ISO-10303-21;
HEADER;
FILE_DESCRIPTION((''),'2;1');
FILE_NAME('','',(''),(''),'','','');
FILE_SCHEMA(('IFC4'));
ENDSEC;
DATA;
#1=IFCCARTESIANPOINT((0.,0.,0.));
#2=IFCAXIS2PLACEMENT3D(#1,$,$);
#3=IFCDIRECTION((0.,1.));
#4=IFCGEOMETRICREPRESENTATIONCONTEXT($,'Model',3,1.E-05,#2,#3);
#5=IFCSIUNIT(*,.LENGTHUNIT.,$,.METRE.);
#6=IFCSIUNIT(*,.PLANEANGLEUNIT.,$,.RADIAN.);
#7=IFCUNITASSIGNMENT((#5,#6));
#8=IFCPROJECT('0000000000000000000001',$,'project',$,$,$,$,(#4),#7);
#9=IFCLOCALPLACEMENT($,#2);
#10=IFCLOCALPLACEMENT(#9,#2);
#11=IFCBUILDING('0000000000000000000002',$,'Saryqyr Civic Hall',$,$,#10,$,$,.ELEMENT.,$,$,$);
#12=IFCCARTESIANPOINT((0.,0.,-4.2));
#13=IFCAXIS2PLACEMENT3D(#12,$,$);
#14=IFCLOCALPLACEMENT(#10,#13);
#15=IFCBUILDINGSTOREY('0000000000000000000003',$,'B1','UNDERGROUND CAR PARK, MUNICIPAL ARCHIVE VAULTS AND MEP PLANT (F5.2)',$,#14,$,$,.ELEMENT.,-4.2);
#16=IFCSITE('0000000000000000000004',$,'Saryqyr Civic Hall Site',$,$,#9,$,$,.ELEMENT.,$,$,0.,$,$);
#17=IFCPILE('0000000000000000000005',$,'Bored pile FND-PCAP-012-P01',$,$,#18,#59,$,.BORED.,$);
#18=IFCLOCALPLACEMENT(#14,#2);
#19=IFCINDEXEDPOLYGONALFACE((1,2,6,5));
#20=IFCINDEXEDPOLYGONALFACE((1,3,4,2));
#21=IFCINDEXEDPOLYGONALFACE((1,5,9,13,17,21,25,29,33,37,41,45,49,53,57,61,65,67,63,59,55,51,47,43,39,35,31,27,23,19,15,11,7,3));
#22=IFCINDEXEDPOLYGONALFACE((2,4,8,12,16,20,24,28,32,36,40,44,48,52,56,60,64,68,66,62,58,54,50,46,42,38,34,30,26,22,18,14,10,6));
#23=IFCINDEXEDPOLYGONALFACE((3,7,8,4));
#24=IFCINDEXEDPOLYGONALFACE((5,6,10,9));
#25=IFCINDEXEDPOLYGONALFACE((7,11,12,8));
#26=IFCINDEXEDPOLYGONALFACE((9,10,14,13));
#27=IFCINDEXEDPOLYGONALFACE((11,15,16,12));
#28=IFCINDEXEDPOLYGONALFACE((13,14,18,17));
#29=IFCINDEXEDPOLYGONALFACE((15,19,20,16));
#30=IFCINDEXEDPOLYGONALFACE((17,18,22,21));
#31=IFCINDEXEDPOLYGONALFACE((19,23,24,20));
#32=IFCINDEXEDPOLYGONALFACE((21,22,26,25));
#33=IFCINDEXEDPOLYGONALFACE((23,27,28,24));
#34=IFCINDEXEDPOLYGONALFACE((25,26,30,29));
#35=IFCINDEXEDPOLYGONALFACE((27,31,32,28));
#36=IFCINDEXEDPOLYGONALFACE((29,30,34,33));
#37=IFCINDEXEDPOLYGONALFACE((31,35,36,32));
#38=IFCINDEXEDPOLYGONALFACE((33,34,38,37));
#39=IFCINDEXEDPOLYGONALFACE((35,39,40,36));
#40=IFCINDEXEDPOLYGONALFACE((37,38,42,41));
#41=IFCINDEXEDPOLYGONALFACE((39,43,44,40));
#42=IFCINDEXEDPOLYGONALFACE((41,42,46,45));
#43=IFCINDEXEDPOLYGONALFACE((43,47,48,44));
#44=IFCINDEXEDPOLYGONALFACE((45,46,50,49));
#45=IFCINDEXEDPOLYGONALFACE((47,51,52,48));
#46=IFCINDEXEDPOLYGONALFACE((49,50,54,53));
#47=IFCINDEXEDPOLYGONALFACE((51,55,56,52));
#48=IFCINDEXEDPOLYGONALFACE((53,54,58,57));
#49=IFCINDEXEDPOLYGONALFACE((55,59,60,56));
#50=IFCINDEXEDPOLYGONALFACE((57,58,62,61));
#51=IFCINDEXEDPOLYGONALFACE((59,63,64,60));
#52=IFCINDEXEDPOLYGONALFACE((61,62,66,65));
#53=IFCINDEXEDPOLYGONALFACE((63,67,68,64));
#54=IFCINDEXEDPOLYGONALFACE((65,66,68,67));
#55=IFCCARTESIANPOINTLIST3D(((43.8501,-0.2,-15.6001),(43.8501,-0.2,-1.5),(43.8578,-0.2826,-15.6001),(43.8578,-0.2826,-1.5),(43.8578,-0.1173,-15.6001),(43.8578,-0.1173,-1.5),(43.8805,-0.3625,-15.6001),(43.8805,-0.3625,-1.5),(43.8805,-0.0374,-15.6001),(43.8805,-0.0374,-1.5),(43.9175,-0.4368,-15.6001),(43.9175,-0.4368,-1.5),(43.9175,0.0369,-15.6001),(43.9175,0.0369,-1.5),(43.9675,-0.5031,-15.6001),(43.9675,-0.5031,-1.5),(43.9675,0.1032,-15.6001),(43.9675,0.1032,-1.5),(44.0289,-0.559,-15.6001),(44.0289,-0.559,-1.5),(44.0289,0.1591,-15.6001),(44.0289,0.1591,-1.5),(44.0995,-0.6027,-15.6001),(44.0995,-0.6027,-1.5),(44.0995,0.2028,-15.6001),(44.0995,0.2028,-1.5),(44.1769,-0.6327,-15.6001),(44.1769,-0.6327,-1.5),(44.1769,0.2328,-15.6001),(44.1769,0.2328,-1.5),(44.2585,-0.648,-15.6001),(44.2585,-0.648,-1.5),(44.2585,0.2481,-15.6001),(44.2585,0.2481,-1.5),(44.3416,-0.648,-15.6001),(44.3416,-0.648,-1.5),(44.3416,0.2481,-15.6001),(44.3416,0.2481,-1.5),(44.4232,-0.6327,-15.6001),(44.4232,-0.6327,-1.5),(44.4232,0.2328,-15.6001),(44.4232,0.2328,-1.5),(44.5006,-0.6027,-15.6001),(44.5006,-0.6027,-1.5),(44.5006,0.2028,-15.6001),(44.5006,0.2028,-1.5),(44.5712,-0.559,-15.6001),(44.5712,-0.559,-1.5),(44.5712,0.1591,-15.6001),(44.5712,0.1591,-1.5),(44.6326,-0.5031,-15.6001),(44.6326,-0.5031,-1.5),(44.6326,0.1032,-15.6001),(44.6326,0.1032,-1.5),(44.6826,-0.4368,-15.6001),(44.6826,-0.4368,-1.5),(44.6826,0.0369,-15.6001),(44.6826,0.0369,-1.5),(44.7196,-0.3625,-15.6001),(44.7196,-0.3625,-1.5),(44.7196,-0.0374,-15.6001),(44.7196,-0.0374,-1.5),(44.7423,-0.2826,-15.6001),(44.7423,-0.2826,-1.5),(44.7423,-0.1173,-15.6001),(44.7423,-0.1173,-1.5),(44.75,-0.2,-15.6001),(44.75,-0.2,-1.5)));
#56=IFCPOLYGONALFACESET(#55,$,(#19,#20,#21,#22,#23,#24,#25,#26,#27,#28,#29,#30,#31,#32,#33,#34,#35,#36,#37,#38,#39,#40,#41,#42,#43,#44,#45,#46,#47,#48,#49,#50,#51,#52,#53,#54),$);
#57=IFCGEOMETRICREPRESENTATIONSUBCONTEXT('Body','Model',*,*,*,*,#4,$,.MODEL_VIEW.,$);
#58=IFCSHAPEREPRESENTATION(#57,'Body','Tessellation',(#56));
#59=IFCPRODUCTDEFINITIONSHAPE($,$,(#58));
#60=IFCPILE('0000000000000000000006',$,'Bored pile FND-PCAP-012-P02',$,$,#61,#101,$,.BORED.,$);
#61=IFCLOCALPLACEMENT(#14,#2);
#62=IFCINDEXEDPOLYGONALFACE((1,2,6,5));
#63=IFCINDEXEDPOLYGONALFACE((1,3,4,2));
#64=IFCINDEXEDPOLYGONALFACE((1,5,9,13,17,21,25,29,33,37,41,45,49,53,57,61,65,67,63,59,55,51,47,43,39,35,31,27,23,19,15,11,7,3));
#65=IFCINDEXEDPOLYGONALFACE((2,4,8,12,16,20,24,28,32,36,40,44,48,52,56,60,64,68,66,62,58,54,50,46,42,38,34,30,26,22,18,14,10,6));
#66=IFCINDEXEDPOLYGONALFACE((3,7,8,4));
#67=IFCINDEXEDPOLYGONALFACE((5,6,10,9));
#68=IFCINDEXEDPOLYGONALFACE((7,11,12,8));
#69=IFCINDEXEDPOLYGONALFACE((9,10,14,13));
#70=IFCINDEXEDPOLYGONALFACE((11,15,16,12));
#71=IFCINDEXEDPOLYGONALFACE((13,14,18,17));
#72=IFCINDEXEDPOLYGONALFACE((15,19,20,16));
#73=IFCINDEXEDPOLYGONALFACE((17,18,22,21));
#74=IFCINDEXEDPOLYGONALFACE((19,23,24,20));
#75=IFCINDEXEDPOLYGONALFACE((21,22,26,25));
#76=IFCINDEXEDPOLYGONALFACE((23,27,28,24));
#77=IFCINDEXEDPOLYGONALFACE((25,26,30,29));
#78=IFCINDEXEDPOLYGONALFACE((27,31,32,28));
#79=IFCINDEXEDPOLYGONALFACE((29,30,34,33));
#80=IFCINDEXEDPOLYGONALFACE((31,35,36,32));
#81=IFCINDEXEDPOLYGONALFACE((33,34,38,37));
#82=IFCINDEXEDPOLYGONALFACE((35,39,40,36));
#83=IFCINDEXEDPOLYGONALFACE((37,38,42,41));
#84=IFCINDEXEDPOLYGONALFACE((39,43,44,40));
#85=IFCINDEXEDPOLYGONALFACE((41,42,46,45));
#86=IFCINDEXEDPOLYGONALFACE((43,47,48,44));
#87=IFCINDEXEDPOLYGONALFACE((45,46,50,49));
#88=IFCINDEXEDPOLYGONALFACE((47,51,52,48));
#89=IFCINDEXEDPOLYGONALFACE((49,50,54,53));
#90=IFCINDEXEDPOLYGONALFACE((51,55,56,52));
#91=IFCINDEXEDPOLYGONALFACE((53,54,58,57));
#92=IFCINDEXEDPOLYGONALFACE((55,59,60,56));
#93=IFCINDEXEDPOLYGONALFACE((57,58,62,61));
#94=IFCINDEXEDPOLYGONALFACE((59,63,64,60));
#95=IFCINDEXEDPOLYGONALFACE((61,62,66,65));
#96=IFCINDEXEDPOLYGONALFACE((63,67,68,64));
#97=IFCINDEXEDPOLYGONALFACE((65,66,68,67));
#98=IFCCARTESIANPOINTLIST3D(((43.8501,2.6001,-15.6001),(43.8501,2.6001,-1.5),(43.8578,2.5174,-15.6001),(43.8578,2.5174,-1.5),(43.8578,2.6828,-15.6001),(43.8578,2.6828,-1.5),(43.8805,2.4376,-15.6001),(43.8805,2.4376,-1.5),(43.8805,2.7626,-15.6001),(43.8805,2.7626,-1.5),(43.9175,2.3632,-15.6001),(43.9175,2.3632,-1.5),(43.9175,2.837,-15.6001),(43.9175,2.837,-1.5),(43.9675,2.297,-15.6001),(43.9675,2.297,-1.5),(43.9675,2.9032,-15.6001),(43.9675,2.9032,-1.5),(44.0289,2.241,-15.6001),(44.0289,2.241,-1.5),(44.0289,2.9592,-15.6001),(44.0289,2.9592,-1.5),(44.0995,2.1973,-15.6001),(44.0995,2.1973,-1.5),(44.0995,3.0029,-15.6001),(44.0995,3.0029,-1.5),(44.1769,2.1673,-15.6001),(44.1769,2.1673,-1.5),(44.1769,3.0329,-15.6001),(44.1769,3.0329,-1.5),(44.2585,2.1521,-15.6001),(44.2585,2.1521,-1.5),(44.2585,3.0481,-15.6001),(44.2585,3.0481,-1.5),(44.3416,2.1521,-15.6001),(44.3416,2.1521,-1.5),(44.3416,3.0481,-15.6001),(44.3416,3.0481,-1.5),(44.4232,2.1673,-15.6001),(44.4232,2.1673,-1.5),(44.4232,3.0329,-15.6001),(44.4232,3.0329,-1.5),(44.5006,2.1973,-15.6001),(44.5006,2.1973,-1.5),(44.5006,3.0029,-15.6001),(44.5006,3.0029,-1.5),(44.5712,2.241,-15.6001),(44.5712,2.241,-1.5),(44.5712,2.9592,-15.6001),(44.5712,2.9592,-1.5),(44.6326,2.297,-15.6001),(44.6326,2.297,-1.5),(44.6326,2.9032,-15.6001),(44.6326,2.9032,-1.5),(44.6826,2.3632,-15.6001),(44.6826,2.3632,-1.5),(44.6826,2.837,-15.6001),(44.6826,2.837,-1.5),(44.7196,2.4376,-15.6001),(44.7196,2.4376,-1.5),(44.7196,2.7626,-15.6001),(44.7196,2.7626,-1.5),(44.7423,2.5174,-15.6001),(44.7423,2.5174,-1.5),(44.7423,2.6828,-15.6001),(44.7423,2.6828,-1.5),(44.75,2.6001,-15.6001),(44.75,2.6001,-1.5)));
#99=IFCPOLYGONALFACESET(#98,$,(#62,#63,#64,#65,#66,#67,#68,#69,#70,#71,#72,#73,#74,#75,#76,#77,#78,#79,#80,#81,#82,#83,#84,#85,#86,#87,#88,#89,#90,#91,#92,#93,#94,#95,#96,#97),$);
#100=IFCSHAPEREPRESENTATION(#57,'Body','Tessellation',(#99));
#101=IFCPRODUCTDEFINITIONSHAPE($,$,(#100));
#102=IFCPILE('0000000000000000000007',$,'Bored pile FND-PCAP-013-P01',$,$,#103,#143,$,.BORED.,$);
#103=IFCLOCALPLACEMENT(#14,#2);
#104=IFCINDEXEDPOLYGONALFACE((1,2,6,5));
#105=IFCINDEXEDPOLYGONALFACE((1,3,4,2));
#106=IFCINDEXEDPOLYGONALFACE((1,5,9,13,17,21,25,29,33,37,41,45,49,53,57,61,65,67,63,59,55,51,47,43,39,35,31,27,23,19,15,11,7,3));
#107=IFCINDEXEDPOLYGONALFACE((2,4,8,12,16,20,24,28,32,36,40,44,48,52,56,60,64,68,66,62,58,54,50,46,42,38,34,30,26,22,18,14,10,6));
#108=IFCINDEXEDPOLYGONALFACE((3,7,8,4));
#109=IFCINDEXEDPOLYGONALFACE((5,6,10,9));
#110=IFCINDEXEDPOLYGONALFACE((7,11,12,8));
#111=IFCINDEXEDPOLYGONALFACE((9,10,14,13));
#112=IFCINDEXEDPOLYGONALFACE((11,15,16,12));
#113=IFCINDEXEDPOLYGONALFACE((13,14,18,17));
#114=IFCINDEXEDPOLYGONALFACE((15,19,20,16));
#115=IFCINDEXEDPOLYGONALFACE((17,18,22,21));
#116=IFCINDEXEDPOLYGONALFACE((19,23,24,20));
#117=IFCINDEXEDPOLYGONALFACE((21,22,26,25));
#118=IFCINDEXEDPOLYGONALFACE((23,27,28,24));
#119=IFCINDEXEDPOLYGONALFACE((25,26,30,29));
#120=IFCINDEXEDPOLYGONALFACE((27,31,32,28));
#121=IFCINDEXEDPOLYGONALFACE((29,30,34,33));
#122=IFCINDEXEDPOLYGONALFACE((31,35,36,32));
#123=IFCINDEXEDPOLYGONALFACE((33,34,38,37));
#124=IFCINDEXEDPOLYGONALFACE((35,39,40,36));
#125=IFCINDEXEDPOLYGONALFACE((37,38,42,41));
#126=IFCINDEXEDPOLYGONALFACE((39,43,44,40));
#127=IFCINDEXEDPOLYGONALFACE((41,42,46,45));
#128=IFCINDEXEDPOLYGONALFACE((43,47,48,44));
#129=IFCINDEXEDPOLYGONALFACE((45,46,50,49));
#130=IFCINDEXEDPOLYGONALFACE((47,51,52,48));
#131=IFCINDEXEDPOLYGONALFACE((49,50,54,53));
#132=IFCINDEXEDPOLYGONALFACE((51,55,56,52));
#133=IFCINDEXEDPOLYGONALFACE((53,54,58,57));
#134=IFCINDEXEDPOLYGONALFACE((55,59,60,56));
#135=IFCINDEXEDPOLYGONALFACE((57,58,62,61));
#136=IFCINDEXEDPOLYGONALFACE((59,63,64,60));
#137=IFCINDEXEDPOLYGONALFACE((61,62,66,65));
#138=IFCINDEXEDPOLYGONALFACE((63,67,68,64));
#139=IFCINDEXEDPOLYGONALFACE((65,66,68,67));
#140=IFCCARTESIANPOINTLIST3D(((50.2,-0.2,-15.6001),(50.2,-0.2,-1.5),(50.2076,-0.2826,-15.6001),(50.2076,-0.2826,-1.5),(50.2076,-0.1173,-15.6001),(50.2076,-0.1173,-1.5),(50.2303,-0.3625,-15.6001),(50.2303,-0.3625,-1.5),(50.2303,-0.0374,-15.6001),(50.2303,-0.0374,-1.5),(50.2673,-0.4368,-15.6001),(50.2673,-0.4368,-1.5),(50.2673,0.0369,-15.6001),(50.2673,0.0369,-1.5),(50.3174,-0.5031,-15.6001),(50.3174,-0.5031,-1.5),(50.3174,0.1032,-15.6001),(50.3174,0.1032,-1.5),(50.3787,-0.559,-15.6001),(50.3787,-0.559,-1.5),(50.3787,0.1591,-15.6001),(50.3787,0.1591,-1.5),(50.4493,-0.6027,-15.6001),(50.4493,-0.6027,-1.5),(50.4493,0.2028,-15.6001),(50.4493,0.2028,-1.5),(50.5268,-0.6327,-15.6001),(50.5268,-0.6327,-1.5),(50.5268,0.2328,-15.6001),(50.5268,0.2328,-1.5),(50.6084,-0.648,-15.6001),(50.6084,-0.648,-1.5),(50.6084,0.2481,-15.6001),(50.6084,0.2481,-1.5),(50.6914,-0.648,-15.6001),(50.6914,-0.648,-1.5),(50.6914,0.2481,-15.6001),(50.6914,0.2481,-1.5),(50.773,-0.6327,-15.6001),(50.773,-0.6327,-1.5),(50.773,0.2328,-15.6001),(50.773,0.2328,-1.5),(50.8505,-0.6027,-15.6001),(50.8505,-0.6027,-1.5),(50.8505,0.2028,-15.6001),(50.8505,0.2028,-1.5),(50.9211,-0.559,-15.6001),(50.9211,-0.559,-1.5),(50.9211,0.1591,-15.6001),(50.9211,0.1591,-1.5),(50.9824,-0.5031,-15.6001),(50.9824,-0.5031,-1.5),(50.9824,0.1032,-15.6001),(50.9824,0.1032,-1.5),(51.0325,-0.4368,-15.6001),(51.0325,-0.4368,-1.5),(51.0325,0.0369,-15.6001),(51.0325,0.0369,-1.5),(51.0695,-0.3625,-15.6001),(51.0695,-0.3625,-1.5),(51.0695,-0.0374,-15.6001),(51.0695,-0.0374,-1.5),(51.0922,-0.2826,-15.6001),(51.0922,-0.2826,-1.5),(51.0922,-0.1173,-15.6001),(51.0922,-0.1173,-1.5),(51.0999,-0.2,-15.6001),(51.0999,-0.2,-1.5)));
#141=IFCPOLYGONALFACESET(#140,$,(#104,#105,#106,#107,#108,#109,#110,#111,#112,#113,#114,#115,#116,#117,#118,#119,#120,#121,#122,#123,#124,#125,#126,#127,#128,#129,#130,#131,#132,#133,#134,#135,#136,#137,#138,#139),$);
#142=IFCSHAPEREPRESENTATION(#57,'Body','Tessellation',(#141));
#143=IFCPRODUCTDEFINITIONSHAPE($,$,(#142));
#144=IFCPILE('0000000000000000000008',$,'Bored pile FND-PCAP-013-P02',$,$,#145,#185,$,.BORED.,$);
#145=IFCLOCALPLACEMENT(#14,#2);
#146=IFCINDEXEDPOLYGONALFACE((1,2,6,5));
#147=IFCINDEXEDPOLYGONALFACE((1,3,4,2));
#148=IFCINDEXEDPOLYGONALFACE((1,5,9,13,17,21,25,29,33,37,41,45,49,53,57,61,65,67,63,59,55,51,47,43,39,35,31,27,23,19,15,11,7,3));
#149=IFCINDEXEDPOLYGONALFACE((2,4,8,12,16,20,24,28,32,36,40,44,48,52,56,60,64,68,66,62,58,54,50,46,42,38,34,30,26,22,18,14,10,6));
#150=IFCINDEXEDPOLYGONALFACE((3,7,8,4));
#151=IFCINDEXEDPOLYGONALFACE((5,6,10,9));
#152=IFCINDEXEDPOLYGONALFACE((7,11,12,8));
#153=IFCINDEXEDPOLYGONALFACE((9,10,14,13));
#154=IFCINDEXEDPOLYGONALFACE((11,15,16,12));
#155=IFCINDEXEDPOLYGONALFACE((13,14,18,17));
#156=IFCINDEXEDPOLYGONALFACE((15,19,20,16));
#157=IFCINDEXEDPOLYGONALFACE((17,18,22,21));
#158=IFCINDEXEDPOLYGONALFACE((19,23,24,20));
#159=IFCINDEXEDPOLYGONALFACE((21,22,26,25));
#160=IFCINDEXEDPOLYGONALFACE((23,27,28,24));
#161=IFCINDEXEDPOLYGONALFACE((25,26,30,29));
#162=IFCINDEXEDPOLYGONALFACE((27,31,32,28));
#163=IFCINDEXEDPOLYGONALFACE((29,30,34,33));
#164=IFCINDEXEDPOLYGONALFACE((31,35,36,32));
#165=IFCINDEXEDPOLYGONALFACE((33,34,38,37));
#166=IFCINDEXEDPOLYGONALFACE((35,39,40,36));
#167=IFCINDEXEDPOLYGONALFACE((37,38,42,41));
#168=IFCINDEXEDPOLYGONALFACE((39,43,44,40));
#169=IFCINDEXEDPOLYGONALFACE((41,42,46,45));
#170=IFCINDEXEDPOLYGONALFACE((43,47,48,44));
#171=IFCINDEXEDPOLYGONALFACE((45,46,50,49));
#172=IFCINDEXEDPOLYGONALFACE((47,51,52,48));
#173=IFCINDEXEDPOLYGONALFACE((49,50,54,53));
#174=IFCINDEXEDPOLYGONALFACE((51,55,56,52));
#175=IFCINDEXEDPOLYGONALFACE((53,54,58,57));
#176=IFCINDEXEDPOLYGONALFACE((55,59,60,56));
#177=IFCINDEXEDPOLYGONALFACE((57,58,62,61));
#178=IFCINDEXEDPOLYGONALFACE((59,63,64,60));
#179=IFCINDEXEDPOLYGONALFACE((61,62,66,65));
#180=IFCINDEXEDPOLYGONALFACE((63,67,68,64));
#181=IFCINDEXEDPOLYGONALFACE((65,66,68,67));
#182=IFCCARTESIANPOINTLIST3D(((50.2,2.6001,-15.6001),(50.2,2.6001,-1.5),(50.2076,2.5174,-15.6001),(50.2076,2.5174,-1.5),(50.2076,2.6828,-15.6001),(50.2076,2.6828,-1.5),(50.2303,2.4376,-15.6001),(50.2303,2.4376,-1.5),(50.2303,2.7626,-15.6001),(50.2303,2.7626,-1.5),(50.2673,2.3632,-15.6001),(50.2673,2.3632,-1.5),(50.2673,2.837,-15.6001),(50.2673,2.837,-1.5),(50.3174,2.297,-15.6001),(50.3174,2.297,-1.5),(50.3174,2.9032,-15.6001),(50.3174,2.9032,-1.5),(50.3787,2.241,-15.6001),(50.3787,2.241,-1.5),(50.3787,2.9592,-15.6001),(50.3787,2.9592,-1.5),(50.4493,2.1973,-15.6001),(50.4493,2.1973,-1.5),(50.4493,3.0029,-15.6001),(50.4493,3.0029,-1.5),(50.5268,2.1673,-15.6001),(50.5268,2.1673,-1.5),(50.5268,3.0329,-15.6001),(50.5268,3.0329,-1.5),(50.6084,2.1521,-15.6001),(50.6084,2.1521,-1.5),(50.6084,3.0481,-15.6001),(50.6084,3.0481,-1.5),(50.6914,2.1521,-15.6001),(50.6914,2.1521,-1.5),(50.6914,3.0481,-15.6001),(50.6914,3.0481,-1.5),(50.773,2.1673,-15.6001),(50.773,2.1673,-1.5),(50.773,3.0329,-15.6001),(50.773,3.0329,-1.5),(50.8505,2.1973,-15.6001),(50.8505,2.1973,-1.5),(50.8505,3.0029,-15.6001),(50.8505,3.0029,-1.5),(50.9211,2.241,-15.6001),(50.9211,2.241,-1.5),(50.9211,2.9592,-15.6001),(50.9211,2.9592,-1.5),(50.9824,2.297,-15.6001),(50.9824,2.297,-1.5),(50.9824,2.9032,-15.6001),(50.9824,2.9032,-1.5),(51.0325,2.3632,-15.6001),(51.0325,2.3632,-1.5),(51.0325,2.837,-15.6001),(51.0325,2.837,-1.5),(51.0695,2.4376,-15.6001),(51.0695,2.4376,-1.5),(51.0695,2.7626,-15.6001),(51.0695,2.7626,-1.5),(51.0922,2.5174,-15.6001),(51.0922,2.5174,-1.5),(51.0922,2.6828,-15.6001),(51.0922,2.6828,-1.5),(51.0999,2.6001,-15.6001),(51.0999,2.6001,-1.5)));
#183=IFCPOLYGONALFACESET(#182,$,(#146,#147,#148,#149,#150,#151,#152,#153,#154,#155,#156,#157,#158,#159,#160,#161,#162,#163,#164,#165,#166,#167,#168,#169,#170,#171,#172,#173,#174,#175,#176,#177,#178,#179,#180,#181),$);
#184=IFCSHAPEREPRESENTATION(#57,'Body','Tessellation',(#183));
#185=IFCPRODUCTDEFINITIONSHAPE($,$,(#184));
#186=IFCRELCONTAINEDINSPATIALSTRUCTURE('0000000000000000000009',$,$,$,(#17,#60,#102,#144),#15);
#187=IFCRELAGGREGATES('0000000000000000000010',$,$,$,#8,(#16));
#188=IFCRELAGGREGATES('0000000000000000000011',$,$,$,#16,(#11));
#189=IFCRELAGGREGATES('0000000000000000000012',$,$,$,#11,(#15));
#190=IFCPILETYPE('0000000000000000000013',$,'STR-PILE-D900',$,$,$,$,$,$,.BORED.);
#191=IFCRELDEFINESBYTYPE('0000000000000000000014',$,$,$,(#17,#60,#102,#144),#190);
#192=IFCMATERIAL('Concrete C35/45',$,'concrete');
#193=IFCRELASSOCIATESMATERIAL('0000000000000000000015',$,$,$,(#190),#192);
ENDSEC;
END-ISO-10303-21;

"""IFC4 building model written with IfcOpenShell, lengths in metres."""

from ifc_helpers import new_model, si_unit, direction, frame, origin, origin_2d, place, context, subcontext, project, spatial, circle, extrude, material, material_profile, profile_set, type_object, element, save


model = new_model("IFC4")

# Units and contexts
model_context = context("Model", 3, precision=1e-05, world=origin(), true_north=direction((0.0, 1.0)))
body_context = subcontext(model_context, "Body", "Model", "MODEL_VIEW")
ifc_project = project(units=[si_unit("LENGTHUNIT", "METRE"), si_unit("PLANEANGLEUNIT", "RADIAN")], contexts=[model_context])

# Site, building, storey
site_placement = place(None, origin())
site = spatial("IfcSite", under=ifc_project, at=site_placement, Name="Saryqyr Civic Hall Site", CompositionType="ELEMENT", RefElevation=0.0)
building_placement = place(site_placement, origin())
building = spatial("IfcBuilding", under=site, at=building_placement, Name="Saryqyr Civic Hall", CompositionType="ELEMENT")
storey_placement = place(building_placement, frame((0.0, 0.0, -4.2)))
storey = spatial("IfcBuildingStorey", under=building, at=storey_placement, Name="B1", Description="UNDERGROUND CAR PARK, MUNICIPAL ARCHIVE VAULTS AND MEP PLANT (F5.2)", CompositionType="ELEMENT", Elevation=-4.2)

# Shared definitions
ifc_material_1 = material(Name="Concrete C35/45", Category="concrete")

# Piles
ifc_material_profile_1 = material_profile(ifc_material_1, circle(Radius=0.45, at=origin_2d()), Name="BORED PILE D900")
ifc_profile_set_1 = profile_set([ifc_material_profile_1], Name="Concrete C35/45")
pile_type = type_object("IfcPileType", Name="STR-PILE-D900", PredefinedType="BORED", material=ifc_profile_set_1)
for number, where, z_axis, x_axis, name in (
    (1, (44.3, -0.2, -1.5), (0.0, 0.0, -1.0), (1.0, 0.0, 0.0), "Bored pile FND-PCAP-012-P01"),
    (2, (44.3, 2.6001, -1.5), (0.0, 0.0, -1.0), (1.0, 0.0, 0.0), "Bored pile FND-PCAP-012-P02"),
    (3, (50.6499, -0.2, -1.5), (0.0, 0.0, -1.0), (1.0, 0.0, 0.0), "Bored pile FND-PCAP-013-P01"),
    (4, (50.6499, 2.6001, -1.5), (0.0, 0.0, -1.0), (1.0, 0.0, 0.0), "Bored pile FND-PCAP-013-P02"),
):
    element("IfcPile", number, at=place(storey_placement, frame(where, z_axis=z_axis, x_axis=x_axis)), inside=storey, type_object=pile_type, Name=name, PredefinedType="BORED", context=body_context, shape_type="SweptSolid", body=[
        extrude(circle(Radius=0.45, at=origin_2d()), origin(), (0.0, 0.0, 1.0), 14.1001),
    ])

save(model, "model.ifc")
